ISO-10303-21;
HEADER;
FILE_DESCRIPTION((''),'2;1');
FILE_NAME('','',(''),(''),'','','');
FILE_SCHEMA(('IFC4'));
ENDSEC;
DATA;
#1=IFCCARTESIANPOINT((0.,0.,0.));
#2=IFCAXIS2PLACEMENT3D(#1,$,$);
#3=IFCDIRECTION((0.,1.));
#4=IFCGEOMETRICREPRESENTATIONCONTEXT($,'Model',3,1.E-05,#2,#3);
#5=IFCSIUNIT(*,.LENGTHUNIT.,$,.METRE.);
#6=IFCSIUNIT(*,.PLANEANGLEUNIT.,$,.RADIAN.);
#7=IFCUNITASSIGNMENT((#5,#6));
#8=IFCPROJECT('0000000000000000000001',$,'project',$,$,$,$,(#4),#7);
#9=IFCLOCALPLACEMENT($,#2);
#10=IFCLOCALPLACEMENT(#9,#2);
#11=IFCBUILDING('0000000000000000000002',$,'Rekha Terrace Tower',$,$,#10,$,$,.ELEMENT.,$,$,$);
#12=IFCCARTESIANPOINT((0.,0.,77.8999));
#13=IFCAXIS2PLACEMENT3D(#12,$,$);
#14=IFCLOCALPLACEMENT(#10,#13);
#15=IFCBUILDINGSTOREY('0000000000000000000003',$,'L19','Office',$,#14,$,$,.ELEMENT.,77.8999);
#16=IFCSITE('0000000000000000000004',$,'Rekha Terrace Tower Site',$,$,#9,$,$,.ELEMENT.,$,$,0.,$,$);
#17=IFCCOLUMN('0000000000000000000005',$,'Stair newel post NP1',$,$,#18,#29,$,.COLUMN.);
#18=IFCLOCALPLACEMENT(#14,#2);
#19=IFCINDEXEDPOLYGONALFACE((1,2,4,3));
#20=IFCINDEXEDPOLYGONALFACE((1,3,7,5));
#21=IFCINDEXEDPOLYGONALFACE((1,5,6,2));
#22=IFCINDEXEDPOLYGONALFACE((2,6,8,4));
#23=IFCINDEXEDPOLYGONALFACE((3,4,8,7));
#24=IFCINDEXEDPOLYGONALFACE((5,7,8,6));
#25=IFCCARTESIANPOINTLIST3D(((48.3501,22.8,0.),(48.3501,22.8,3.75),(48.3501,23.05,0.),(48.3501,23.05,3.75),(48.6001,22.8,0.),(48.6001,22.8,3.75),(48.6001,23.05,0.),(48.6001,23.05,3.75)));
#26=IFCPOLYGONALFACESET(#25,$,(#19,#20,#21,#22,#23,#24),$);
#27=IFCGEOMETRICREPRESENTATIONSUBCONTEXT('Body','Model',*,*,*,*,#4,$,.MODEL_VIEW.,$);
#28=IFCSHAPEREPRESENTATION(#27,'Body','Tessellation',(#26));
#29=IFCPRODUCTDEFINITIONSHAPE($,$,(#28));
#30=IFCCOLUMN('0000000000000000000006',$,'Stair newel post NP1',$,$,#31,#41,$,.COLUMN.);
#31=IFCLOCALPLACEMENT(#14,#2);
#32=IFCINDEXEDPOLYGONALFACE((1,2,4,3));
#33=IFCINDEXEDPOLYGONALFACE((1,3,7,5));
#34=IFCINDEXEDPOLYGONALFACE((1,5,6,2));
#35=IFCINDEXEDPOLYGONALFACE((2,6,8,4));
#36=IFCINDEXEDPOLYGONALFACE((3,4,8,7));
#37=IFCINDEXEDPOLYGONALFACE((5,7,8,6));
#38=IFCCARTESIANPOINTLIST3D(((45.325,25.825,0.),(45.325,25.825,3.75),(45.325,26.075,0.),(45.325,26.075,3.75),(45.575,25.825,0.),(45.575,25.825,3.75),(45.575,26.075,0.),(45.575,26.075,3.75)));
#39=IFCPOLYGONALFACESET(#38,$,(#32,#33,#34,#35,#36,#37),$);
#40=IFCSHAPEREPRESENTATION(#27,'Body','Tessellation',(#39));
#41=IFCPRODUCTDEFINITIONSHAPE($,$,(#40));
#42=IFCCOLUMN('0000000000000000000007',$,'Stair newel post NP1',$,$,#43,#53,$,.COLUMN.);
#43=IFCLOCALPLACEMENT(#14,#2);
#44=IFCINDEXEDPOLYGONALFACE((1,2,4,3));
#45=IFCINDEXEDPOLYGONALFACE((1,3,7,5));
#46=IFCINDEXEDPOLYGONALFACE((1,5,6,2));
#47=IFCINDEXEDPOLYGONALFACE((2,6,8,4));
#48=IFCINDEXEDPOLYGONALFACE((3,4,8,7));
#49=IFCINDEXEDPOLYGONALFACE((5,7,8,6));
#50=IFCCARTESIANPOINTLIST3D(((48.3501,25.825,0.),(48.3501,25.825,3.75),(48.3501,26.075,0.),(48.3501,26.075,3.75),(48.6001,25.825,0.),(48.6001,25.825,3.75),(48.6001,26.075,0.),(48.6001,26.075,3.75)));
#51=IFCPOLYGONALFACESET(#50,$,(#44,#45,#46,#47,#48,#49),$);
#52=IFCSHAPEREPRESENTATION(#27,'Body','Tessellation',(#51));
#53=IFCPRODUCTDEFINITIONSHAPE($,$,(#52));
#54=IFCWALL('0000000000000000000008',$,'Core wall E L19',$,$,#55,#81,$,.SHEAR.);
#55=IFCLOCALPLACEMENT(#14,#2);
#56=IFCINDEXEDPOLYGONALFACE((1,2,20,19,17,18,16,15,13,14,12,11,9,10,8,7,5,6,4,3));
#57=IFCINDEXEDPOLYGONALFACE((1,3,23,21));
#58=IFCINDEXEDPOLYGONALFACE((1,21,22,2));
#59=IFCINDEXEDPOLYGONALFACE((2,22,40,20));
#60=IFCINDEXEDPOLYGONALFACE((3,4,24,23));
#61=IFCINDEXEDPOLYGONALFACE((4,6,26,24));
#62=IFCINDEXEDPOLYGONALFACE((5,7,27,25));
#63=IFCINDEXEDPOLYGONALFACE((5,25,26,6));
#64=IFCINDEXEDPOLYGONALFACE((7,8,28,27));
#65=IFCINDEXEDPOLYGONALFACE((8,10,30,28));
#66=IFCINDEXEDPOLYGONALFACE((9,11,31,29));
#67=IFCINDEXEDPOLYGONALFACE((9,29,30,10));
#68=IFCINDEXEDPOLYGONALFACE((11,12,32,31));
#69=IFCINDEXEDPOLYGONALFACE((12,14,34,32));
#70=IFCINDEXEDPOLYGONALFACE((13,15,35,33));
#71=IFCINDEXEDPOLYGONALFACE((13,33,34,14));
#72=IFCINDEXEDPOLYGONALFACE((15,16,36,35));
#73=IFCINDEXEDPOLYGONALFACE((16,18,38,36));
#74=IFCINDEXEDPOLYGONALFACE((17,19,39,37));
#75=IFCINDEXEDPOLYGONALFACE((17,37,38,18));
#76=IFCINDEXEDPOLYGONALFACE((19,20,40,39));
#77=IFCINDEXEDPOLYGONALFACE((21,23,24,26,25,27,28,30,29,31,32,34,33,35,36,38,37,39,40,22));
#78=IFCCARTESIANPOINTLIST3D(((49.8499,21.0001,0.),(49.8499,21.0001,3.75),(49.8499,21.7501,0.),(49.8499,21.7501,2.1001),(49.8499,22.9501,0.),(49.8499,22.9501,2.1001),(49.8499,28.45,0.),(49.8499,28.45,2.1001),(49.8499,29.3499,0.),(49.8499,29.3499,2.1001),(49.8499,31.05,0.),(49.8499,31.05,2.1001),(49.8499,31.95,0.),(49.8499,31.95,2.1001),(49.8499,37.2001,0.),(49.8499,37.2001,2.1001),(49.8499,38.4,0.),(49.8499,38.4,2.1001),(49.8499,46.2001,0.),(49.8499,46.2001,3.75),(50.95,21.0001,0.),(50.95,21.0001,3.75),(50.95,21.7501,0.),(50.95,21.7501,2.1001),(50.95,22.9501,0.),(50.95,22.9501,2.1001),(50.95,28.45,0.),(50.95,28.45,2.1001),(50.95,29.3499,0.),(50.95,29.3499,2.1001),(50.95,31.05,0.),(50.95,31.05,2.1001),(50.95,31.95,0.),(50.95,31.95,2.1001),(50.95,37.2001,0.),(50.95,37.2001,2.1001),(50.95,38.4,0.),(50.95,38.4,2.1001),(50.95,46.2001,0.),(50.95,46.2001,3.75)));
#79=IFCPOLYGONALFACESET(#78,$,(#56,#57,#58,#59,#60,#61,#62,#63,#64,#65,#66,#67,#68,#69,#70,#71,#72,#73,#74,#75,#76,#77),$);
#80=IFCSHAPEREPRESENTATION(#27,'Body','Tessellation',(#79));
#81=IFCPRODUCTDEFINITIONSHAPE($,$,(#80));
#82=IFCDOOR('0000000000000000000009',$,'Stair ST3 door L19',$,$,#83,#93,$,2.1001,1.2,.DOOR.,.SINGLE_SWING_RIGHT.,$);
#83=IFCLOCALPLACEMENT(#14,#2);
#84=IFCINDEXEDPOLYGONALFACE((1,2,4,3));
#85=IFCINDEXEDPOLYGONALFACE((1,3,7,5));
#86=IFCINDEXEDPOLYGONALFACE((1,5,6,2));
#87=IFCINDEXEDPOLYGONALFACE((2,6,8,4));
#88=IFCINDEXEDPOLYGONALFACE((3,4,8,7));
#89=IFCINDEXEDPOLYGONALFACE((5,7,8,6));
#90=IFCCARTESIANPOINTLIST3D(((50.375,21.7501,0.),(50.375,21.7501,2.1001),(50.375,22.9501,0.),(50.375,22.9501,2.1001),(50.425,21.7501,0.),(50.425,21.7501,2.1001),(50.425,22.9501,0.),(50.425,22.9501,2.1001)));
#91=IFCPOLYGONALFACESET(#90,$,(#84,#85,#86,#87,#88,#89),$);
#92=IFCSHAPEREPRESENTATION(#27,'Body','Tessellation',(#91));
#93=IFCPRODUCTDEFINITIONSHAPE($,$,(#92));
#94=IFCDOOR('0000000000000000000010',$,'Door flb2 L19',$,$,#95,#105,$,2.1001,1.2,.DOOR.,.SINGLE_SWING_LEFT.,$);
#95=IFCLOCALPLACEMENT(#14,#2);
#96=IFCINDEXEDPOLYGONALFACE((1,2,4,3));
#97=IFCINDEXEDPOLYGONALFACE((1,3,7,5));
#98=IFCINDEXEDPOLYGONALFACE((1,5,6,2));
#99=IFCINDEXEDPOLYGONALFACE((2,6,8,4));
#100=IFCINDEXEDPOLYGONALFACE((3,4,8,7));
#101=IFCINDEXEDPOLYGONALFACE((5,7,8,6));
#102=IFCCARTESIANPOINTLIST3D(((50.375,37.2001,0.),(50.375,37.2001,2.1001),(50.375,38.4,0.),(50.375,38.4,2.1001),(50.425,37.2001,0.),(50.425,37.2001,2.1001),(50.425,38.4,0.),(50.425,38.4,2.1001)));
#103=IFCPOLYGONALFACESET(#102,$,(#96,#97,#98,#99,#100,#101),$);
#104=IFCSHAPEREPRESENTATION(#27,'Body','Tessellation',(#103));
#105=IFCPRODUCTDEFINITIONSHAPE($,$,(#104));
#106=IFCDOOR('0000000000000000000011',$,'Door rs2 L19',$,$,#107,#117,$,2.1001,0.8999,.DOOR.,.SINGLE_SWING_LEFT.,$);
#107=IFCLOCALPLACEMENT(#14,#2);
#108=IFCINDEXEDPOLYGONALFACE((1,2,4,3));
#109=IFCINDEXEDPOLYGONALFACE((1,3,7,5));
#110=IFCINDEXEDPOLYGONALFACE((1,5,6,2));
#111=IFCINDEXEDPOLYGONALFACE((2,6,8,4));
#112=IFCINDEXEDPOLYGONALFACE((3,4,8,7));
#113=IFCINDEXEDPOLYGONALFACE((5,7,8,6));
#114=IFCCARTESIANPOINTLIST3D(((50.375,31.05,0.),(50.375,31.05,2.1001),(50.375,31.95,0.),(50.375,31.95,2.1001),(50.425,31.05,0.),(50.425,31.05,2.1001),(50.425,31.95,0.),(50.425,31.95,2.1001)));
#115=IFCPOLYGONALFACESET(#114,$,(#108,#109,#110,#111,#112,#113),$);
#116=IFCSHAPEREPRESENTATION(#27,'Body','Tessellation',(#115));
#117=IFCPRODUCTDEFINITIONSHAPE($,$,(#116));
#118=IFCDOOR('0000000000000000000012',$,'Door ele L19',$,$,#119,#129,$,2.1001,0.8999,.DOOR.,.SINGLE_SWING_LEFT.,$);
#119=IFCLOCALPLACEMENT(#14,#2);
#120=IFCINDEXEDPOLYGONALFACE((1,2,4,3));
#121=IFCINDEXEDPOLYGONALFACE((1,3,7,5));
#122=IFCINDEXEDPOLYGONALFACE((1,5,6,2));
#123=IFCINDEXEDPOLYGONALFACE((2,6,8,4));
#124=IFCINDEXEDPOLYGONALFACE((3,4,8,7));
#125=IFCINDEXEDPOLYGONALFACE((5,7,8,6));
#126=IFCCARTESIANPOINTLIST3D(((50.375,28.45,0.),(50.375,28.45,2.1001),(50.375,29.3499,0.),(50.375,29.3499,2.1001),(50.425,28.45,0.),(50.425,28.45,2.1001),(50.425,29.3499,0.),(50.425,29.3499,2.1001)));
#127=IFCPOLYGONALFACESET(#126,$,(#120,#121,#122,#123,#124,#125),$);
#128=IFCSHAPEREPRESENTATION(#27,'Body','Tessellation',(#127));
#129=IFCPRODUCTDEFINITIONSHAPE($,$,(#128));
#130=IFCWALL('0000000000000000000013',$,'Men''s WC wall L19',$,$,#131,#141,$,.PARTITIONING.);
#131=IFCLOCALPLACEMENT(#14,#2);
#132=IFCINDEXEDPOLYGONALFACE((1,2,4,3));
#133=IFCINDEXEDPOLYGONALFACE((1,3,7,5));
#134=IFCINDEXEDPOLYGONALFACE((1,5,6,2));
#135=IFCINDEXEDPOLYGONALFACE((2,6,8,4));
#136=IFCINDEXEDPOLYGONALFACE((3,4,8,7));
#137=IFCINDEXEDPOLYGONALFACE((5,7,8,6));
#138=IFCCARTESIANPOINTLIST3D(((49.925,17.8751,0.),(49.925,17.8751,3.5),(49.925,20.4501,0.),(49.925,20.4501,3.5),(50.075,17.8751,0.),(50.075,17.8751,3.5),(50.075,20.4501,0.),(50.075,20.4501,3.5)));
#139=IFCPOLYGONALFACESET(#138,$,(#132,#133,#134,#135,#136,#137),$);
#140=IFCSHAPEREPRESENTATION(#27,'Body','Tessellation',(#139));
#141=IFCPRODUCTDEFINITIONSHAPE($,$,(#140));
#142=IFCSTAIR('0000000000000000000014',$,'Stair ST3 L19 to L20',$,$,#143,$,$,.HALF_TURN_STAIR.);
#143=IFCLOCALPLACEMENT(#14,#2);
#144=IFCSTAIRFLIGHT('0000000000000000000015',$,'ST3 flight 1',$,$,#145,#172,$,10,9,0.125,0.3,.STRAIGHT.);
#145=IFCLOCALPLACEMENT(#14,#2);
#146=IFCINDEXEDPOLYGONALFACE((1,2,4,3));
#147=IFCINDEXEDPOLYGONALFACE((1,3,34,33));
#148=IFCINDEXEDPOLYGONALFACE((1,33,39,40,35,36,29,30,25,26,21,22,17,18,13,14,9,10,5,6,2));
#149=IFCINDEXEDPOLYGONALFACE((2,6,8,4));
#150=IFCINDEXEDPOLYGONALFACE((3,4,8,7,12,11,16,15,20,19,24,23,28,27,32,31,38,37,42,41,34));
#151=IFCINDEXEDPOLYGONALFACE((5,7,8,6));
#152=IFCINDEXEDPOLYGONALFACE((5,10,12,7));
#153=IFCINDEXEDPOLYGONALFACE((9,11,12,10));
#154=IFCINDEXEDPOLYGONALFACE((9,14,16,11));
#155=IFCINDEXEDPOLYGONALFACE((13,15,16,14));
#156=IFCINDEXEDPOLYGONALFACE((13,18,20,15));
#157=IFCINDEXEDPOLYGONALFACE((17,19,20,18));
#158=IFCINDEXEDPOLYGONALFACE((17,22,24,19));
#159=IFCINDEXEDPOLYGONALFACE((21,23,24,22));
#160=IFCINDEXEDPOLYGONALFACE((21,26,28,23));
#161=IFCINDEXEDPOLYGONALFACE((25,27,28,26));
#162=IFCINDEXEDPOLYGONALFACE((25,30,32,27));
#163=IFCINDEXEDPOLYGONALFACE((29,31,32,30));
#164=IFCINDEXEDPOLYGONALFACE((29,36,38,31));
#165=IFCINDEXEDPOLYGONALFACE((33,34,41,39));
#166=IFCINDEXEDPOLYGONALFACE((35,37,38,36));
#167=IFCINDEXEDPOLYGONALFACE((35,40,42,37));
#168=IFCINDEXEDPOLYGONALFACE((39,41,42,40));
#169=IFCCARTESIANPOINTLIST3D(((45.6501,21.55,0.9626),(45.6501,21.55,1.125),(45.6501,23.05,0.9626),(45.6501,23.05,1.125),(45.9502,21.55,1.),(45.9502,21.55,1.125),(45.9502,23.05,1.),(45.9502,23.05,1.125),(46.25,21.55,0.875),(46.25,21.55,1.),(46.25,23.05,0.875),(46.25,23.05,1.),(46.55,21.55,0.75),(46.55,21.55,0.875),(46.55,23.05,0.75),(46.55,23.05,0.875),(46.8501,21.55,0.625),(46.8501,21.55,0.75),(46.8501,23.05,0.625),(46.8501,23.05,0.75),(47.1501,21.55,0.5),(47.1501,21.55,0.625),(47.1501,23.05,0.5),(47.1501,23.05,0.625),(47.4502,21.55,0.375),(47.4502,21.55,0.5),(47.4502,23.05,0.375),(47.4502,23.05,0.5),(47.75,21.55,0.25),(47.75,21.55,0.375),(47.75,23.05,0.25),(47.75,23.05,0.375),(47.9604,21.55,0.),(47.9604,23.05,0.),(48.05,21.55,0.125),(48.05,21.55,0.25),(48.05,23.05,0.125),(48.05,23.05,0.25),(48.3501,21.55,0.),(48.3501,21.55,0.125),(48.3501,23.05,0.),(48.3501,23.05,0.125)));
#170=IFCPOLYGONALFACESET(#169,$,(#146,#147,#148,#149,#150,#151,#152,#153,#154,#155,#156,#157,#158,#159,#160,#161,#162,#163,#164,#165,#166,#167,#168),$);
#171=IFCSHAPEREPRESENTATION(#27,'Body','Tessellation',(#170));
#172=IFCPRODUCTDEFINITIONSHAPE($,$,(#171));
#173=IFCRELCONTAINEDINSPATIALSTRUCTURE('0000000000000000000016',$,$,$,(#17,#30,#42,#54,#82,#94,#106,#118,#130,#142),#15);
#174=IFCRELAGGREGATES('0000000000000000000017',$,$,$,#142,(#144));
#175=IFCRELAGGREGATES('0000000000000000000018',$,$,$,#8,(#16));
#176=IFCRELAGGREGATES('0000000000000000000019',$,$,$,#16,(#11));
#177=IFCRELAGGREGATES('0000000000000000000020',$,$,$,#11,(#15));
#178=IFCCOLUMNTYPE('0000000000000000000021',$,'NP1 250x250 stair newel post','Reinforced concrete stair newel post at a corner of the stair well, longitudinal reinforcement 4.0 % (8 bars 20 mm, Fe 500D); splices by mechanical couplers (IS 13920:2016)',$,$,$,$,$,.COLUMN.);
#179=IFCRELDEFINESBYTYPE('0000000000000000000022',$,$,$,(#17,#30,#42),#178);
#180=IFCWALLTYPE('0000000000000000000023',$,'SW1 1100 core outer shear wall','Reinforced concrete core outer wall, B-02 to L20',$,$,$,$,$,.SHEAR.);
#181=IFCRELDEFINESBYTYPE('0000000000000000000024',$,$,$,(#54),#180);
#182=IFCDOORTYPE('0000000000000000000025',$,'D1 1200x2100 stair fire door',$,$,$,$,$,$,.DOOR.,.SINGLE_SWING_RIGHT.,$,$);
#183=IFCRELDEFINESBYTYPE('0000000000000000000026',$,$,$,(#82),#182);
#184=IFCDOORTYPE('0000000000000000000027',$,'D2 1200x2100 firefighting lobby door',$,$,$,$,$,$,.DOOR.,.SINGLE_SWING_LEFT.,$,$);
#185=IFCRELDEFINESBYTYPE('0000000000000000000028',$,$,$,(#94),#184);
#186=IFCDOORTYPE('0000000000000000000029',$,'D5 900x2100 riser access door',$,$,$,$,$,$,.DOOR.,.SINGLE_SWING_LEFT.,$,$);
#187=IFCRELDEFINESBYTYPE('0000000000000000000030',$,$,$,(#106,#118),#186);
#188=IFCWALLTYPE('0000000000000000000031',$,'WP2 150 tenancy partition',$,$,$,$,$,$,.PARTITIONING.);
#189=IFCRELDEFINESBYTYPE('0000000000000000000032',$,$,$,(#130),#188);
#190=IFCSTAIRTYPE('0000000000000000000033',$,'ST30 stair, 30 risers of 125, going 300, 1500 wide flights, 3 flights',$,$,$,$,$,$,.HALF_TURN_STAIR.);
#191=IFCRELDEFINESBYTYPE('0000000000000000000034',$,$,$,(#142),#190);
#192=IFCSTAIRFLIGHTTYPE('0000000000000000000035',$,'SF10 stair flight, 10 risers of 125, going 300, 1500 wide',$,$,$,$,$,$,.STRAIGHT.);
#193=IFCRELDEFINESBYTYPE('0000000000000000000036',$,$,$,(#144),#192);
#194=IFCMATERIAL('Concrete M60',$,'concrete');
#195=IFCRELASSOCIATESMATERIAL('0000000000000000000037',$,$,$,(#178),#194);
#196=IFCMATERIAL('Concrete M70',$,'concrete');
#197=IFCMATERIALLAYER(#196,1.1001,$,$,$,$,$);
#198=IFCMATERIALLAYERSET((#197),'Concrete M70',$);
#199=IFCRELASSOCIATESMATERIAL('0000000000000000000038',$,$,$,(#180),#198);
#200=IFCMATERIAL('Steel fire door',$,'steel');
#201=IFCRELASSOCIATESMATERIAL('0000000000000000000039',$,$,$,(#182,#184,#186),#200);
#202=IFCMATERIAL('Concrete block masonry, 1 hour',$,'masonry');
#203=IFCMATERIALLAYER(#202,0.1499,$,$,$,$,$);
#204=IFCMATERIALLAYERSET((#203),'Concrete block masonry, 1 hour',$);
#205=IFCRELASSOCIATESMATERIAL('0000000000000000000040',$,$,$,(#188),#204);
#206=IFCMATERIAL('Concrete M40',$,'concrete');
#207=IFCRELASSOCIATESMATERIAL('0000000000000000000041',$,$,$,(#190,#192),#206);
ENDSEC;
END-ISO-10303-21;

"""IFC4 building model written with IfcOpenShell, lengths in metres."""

from ifc_helpers import new_model, si_unit, direction, frame, frame_2d, origin, origin_2d, place, context, subcontext, project, spatial, polyline, rectangle, outline, extrude, material, layer, layer_set, material_profile, profile_set, type_object, element, fill, aggregate, save


model = new_model("IFC4")

# Units and contexts
model_context = context("Model", 3, precision=1e-05, world=origin(), true_north=direction((0.0, 1.0)))
body_context = subcontext(model_context, "Body", "Model", "MODEL_VIEW")
ifc_project = project(units=[si_unit("LENGTHUNIT", "METRE"), si_unit("PLANEANGLEUNIT", "RADIAN")], contexts=[model_context])

# Site, building, storey
site_placement = place(None, origin())
site = spatial("IfcSite", under=ifc_project, at=site_placement, Name="Rekha Terrace Tower Site", CompositionType="ELEMENT", RefElevation=0.0)
building_placement = place(site_placement, origin())
building = spatial("IfcBuilding", under=site, at=building_placement, Name="Rekha Terrace Tower", CompositionType="ELEMENT")
storey_placement = place(building_placement, frame((0.0, 0.0, 77.8999)))
storey = spatial("IfcBuildingStorey", under=building, at=storey_placement, Name="L19", Description="Office", CompositionType="ELEMENT", Elevation=77.8999)

# Columns
ifc_material_1 = material(Name="Concrete M60", Category="concrete")
ifc_material_profile = material_profile(ifc_material_1, rectangle(XDim=0.25, YDim=0.25, at=origin_2d()), Name="RC 250x250")
ifc_profile_set = profile_set([ifc_material_profile], Name="Concrete M60")
column_type = type_object("IfcColumnType", Name="NP1 250x250 stair newel post", Description="Reinforced concrete stair newel post at a corner of the stair well, longitudinal reinforcement 4.0 % (8 bars 20 mm, Fe 500D); splices by mechanical couplers (IS 13920:2016)", PredefinedType="COLUMN", material=ifc_profile_set)
for number, where, z_axis, x_axis, name in (
    (1, (48.4751, 22.925, 0.0), (0.0, 0.0, 1.0), (1.0, 0.0, 0.0), "Stair newel post NP1"),
    (2, (45.45, 25.95, 0.0), (0.0, 0.0, 1.0), (1.0, 0.0, 0.0), "Stair newel post NP1"),
    (3, (48.4751, 25.95, 0.0), (0.0, 0.0, 1.0), (1.0, 0.0, 0.0), "Stair newel post NP1"),
):
    element("IfcColumn", number, at=place(storey_placement, frame(where, z_axis=z_axis, x_axis=x_axis)), inside=storey, type_object=column_type, Name=name, PredefinedType="COLUMN", context=body_context, shape_type="SweptSolid", body=[
        extrude(rectangle(XDim=0.25, YDim=0.25, at=origin_2d()), origin(), (0.0, 0.0, 1.0), 3.75),
    ])

# Wall, openings, doors
ifc_material_2 = material(Name="Concrete M70", Category="concrete")
ifc_layer_1 = layer(ifc_material_2, 1.1001)
ifc_layer_set_1 = layer_set([ifc_layer_1], Name="Concrete M70")
wall_type_1 = type_object("IfcWallType", Name="SW1 1100 core outer shear wall", Description="Reinforced concrete core outer wall, B-02 to L20", PredefinedType="SHEAR", material=ifc_layer_set_1)
wall_1_placement = place(storey_placement, frame((50.3999, 21.0, 0.0), z_axis=(0.0, 0.0, 1.0), x_axis=(0.0, 1.0, 0.0)))
wall_1 = element("IfcWall", 4, at=wall_1_placement, inside=storey, type_object=wall_type_1, Name="Core wall E L19", PredefinedType="SHEAR", context=body_context, shape_type="SweptSolid", body=[
    extrude(rectangle(XDim=25.2, YDim=1.1001, at=frame_2d((12.6001, 0.0))), origin(), (0.0, 0.0, 1.0), 3.75),
])
opening_1_placement = place(wall_1_placement, frame((16.2, 0.0, 0.0)))
opening_1 = element("IfcOpeningElement", 5, at=opening_1_placement, cuts=wall_1, PredefinedType="OPENING", context=body_context, shape_type="SweptSolid", body=[
    extrude(rectangle(XDim=1.2, YDim=2.1001, at=frame_2d((0.6001, 1.05))), frame((0.0, 0.5601, 0.0), z_axis=(0.0, -1.0, 0.0), x_axis=(1.0, 0.0, 0.0)), (0.0, 0.0, 1.0), 1.1201),
])
opening_2_placement = place(wall_1_placement, frame((10.05, 0.0, 0.0)))
opening_2 = element("IfcOpeningElement", 6, at=opening_2_placement, cuts=wall_1, PredefinedType="OPENING", context=body_context, shape_type="SweptSolid", body=[
    extrude(rectangle(XDim=0.8999, YDim=2.1001, at=frame_2d((0.45, 1.05))), frame((0.0, 0.5601, 0.0), z_axis=(0.0, -1.0, 0.0), x_axis=(1.0, 0.0, 0.0)), (0.0, 0.0, 1.0), 1.1201),
])
opening_3_placement = place(wall_1_placement, frame((7.45, 0.0, 0.0)))
opening_3 = element("IfcOpeningElement", 7, at=opening_3_placement, cuts=wall_1, PredefinedType="OPENING", context=body_context, shape_type="SweptSolid", body=[
    extrude(rectangle(XDim=0.8999, YDim=2.1001, at=frame_2d((0.45, 1.05))), frame((0.0, 0.5601, 0.0), z_axis=(0.0, -1.0, 0.0), x_axis=(1.0, 0.0, 0.0)), (0.0, 0.0, 1.0), 1.1201),
])
opening_4_placement = place(wall_1_placement, frame((0.75, 0.0, 0.0)))
opening_4 = element("IfcOpeningElement", 8, at=opening_4_placement, cuts=wall_1, PredefinedType="OPENING", context=body_context, shape_type="SweptSolid", body=[
    extrude(rectangle(XDim=1.2, YDim=2.1001, at=frame_2d((0.6001, 1.05))), frame((0.0, 0.5601, 0.0), z_axis=(0.0, -1.0, 0.0), x_axis=(1.0, 0.0, 0.0)), (0.0, 0.0, 1.0), 1.1201),
])
ifc_material_3 = material(Name="Steel fire door", Category="steel")
door_type_1 = type_object("IfcDoorType", Name="D1 1200x2100 stair fire door", OperationType="SINGLE_SWING_RIGHT", PredefinedType="DOOR", material=ifc_material_3)
door_1_placement = place(opening_4_placement, origin())
door_1 = element("IfcDoor", 9, at=door_1_placement, inside=storey, type_object=door_type_1, Name="Stair ST3 door L19", OperationType="SINGLE_SWING_RIGHT", OverallHeight=2.1001, OverallWidth=1.2, PredefinedType="DOOR", context=body_context, shape_type="SweptSolid", body=[
    extrude(rectangle(XDim=1.2, YDim=2.1001, at=frame_2d((0.6001, 1.05))), frame((0.0, 0.0249, 0.0), z_axis=(0.0, -1.0, 0.0), x_axis=(1.0, 0.0, 0.0)), (0.0, 0.0, 1.0), 0.05),
])
fill(opening_4, door_1)
door_type_2 = type_object("IfcDoorType", Name="D2 1200x2100 firefighting lobby door", OperationType="SINGLE_SWING_LEFT", PredefinedType="DOOR", material=ifc_material_3)
door_2_placement = place(opening_1_placement, origin())
door_2 = element("IfcDoor", 10, at=door_2_placement, inside=storey, type_object=door_type_2, Name="Door flb2 L19", OperationType="SINGLE_SWING_LEFT", OverallHeight=2.1001, OverallWidth=1.2, PredefinedType="DOOR", context=body_context, shape_type="SweptSolid", body=[
    extrude(rectangle(XDim=1.2, YDim=2.1001, at=frame_2d((0.6001, 1.05))), frame((0.0, 0.0249, 0.0), z_axis=(0.0, -1.0, 0.0), x_axis=(1.0, 0.0, 0.0)), (0.0, 0.0, 1.0), 0.05),
])
fill(opening_1, door_2)
door_type_3 = type_object("IfcDoorType", Name="D5 900x2100 riser access door", OperationType="SINGLE_SWING_LEFT", PredefinedType="DOOR", material=ifc_material_3)
door_3_placement = place(opening_2_placement, origin())
door_3 = element("IfcDoor", 11, at=door_3_placement, inside=storey, type_object=door_type_3, Name="Door rs2 L19", OperationType="SINGLE_SWING_LEFT", OverallHeight=2.1001, OverallWidth=0.8999, PredefinedType="DOOR", context=body_context, shape_type="SweptSolid", body=[
    extrude(rectangle(XDim=0.8999, YDim=2.1001, at=frame_2d((0.45, 1.05))), frame((0.0, 0.0249, 0.0), z_axis=(0.0, -1.0, 0.0), x_axis=(1.0, 0.0, 0.0)), (0.0, 0.0, 1.0), 0.05),
])
fill(opening_2, door_3)
door_4_placement = place(opening_3_placement, origin())
door_4 = element("IfcDoor", 12, at=door_4_placement, inside=storey, type_object=door_type_3, Name="Door ele L19", OperationType="SINGLE_SWING_LEFT", OverallHeight=2.1001, OverallWidth=0.8999, PredefinedType="DOOR", context=body_context, shape_type="SweptSolid", body=[
    extrude(rectangle(XDim=0.8999, YDim=2.1001, at=frame_2d((0.45, 1.05))), frame((0.0, 0.0249, 0.0), z_axis=(0.0, -1.0, 0.0), x_axis=(1.0, 0.0, 0.0)), (0.0, 0.0, 1.0), 0.05),
])
fill(opening_3, door_4)

# Wall
ifc_material_4 = material(Name="Concrete block masonry, 1 hour", Category="masonry")
ifc_layer_2 = layer(ifc_material_4, 0.1499)
ifc_layer_set_2 = layer_set([ifc_layer_2], Name="Concrete block masonry, 1 hour")
wall_type_2 = type_object("IfcWallType", Name="WP2 150 tenancy partition", PredefinedType="PARTITIONING", material=ifc_layer_set_2)
wall_2_placement = place(storey_placement, frame((50.0, 17.875, 0.0), z_axis=(0.0, 0.0, 1.0), x_axis=(0.0, 1.0, 0.0)))
element("IfcWall", 13, at=wall_2_placement, inside=storey, type_object=wall_type_2, Name="Men's WC wall L19", PredefinedType="PARTITIONING", context=body_context, shape_type="SweptSolid", body=[
    extrude(rectangle(XDim=2.575, YDim=0.1499, at=frame_2d((1.2876, 0.0))), origin(), (0.0, 0.0, 1.0), 3.5),
])

# Stair, stair flight
ifc_material_5 = material(Name="Concrete M40", Category="concrete")
stair_type = type_object("IfcStairType", Name="ST30 stair, 30 risers of 125, going 300, 1500 wide flights, 3 flights", PredefinedType="HALF_TURN_STAIR", material=ifc_material_5)
stair_placement = place(storey_placement, origin())
stair = element("IfcStair", 14, at=stair_placement, inside=storey, type_object=stair_type, Name="Stair ST3 L19 to L20", PredefinedType="HALF_TURN_STAIR")
stair_flight_type = type_object("IfcStairFlightType", Name="SF10 stair flight, 10 risers of 125, going 300, 1500 wide", PredefinedType="STRAIGHT", material=ifc_material_5)
stair_flight_1_placement = place(storey_placement, frame((48.3501, 22.3, 0.0), z_axis=(0.0, 0.0, 1.0), x_axis=(-1.0, 0.0, 0.0)))
stair_flight_1 = element("IfcStairFlight", 15, at=stair_flight_1_placement, type_object=stair_flight_type, Name="ST3 flight 1", NumberOfRisers=10, NumberOfTreads=9, PredefinedType="STRAIGHT", RiserHeight=0.125, TreadLength=0.3, context=body_context, shape_type="SweptSolid", body=[
    extrude(outline(polyline([(0.0, 0.0), (0.0, 0.125), (0.3, 0.125), (0.3, 0.25), (0.6001, 0.25), (0.6001, 0.375), (0.8999, 0.375), (0.8999, 0.5), (1.2, 0.5), (1.2, 0.625), (1.5, 0.625), (1.5, 0.75), (1.8, 0.75), (1.8, 0.875), (2.1001, 0.875), (2.1001, 1.0), (2.3999, 1.0), (2.3999, 1.125), (2.7, 1.125), (2.7, 1.25), (2.7, 0.9626), (0.3896, 0.0), (0.0, 0.0)])), frame((0.0, 0.75, 0.0), z_axis=(0.0, -1.0, 0.0), x_axis=(1.0, 0.0, 0.0)), (0.0, 0.0, 1.0), 1.5),
])
aggregate(stair, [stair_flight_1])

save(model, "model.ifc")
